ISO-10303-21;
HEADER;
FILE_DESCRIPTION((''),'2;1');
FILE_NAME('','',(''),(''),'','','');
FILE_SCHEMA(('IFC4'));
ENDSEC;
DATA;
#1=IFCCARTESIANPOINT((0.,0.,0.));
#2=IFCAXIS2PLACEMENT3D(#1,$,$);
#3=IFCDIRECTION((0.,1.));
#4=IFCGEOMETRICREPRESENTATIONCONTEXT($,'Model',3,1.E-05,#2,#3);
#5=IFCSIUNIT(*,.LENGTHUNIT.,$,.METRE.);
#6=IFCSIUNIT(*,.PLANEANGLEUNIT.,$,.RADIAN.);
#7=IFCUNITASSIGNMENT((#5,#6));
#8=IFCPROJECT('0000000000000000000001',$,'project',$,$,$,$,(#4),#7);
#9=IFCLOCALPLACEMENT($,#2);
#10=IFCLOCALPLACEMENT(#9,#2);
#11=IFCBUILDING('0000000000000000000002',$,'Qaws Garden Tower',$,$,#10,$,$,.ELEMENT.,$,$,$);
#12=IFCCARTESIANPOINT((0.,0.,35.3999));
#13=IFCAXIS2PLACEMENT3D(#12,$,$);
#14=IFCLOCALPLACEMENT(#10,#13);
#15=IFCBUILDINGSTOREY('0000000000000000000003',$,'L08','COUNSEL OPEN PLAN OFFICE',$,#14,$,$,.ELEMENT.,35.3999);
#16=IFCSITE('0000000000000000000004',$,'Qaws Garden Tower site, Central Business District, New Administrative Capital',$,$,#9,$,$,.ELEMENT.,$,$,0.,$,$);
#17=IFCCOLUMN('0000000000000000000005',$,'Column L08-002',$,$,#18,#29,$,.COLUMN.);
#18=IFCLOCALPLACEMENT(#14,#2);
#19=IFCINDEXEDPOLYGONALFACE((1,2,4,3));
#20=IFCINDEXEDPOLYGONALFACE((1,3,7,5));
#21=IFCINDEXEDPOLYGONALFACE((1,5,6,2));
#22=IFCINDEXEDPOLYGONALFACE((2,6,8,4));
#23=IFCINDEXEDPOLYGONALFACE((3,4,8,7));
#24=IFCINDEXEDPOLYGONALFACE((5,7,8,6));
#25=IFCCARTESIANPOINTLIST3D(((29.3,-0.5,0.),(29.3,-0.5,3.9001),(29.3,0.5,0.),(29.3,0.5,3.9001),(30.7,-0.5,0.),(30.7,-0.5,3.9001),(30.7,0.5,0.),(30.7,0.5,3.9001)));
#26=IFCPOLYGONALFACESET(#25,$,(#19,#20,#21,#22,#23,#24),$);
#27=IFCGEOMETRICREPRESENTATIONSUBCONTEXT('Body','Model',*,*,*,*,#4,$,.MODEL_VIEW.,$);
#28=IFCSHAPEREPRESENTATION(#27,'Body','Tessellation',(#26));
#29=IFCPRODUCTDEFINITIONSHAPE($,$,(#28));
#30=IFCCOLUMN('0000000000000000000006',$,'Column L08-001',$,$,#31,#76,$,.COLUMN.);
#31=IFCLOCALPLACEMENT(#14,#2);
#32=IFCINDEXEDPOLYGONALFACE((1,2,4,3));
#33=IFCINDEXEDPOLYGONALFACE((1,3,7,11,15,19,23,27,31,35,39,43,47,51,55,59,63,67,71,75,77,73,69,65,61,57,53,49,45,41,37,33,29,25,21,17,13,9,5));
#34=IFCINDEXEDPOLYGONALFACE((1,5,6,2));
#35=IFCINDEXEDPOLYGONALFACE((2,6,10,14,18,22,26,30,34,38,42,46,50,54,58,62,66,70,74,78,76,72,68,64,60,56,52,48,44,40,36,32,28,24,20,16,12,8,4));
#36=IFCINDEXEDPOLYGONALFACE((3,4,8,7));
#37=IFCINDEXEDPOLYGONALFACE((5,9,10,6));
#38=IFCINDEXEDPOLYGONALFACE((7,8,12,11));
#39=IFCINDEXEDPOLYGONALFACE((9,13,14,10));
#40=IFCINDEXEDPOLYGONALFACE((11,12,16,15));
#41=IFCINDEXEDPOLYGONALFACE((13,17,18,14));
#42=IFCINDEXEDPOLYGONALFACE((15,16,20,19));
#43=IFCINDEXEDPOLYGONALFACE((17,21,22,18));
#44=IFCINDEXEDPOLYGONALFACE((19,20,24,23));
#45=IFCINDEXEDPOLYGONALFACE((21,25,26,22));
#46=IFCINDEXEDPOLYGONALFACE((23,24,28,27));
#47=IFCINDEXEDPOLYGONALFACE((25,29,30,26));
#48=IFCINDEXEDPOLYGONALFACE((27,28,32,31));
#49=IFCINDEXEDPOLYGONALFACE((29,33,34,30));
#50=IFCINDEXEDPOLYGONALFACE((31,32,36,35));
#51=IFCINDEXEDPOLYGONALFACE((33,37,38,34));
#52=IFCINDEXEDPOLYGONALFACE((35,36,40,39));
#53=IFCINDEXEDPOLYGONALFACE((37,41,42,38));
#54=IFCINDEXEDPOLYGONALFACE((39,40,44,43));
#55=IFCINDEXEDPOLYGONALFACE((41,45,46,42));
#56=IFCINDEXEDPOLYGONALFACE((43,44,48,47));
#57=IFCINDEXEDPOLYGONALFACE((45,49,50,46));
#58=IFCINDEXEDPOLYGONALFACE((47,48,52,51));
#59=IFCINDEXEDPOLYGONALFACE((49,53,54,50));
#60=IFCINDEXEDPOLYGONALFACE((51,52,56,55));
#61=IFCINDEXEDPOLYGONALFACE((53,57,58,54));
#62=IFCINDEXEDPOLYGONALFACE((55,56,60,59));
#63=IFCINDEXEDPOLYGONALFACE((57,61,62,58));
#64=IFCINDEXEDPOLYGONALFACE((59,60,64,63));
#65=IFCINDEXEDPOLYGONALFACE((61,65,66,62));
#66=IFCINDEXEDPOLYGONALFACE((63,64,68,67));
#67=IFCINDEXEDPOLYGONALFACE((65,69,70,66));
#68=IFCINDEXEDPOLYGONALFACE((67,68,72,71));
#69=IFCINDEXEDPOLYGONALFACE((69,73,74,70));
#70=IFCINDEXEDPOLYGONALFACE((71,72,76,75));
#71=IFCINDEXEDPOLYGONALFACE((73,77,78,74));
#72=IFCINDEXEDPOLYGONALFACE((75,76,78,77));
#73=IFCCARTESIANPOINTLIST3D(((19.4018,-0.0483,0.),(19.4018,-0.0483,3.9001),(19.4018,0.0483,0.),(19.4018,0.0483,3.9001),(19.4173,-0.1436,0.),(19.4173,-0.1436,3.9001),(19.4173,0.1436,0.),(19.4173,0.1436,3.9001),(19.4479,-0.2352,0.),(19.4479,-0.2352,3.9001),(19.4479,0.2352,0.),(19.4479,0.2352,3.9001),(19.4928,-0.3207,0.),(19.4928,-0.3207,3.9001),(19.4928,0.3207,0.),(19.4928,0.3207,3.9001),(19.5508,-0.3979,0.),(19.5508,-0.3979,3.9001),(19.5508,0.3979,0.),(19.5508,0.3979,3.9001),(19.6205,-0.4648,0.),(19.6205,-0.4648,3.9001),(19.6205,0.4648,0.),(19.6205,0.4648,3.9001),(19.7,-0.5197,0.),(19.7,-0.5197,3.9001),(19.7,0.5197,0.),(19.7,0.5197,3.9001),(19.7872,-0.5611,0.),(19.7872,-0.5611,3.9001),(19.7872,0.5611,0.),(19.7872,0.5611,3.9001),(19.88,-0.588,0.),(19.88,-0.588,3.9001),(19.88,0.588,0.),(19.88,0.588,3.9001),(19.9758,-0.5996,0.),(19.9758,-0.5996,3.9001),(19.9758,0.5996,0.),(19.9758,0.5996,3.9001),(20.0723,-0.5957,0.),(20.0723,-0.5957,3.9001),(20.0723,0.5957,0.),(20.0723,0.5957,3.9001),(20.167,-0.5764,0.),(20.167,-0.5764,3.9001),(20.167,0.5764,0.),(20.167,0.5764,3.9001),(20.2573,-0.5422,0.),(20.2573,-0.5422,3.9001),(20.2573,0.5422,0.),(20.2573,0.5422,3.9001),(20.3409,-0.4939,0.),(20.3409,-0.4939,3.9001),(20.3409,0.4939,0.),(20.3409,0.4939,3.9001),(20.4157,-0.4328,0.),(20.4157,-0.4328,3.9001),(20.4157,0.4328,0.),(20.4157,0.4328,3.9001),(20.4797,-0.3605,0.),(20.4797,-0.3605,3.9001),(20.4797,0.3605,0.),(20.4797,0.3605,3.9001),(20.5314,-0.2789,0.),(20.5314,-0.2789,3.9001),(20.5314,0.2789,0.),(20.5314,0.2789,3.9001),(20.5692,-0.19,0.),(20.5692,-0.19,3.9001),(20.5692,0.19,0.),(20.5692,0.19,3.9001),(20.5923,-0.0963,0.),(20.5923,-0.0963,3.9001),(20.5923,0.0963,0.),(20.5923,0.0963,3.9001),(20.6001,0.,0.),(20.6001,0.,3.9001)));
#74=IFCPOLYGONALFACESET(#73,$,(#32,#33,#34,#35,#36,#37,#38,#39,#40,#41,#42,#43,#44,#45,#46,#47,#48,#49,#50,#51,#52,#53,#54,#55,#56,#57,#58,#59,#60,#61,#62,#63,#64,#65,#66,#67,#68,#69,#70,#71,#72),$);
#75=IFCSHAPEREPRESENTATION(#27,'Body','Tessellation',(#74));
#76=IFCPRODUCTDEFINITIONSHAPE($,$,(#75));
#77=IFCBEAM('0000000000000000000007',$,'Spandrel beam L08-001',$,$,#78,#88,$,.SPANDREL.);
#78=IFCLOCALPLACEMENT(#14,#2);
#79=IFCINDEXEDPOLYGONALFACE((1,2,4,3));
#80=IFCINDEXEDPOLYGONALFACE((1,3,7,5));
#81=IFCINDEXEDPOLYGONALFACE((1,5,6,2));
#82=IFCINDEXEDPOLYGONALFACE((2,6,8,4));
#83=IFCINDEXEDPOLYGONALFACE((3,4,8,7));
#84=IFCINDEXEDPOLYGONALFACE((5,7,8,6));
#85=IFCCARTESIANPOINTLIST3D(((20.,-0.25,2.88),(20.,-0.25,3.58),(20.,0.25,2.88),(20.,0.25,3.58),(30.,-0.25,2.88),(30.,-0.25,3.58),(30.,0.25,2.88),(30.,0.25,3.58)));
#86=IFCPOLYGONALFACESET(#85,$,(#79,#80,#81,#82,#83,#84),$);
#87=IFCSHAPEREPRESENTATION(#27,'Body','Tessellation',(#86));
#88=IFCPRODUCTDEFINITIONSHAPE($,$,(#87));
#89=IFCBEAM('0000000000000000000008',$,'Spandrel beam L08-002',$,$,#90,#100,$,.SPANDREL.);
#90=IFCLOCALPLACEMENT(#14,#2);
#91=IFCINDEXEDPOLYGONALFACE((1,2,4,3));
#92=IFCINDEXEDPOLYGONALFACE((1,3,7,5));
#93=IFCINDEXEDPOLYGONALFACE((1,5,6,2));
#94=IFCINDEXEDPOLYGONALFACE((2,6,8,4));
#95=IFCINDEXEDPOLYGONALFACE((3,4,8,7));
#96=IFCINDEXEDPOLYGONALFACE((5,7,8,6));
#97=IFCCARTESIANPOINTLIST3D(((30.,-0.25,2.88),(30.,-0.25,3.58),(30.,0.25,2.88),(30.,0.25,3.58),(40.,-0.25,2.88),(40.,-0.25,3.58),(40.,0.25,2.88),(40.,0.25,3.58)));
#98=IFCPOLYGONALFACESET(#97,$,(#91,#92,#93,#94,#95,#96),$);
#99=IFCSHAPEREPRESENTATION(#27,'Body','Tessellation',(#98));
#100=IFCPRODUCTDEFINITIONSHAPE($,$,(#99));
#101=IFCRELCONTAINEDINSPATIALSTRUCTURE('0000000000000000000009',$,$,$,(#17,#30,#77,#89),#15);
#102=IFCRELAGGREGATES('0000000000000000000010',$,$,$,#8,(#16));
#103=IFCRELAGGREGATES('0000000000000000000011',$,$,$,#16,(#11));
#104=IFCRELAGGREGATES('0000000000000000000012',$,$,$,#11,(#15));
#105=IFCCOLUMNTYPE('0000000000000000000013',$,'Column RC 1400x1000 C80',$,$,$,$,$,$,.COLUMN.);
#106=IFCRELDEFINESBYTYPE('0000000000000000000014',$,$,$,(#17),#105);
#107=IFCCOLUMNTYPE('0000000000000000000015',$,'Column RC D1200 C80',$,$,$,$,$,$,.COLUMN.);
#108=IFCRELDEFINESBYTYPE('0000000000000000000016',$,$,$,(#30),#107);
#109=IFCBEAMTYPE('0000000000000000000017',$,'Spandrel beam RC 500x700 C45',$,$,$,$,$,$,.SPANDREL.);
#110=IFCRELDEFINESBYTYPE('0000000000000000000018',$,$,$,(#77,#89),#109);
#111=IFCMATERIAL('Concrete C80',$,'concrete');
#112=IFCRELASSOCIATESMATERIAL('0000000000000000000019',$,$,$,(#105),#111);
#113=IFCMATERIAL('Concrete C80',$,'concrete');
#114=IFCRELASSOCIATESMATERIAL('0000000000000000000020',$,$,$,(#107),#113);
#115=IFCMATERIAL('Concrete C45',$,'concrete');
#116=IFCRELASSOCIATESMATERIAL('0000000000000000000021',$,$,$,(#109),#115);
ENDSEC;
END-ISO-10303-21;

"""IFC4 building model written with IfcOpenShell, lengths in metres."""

from ifc_helpers import new_model, si_unit, direction, frame, origin, origin_2d, place, context, subcontext, project, spatial, rectangle, circle, extrude, material, material_profile, profile_set, type_object, element, save


model = new_model("IFC4")

# Units and contexts
model_context = context("Model", 3, precision=1e-05, world=origin(), true_north=direction((0.0, 1.0)))
body_context = subcontext(model_context, "Body", "Model", "MODEL_VIEW")
ifc_project = project(units=[si_unit("LENGTHUNIT", "METRE"), si_unit("PLANEANGLEUNIT", "RADIAN")], contexts=[model_context])

# Site, building, storey
site_placement = place(None, origin())
site = spatial("IfcSite", under=ifc_project, at=site_placement, Name="Qaws Garden Tower site, Central Business District, New Administrative Capital", CompositionType="ELEMENT", RefElevation=0.0)
building_placement = place(site_placement, origin())
building = spatial("IfcBuilding", under=site, at=building_placement, Name="Qaws Garden Tower", CompositionType="ELEMENT")
storey_placement = place(building_placement, frame((0.0, 0.0, 35.3999)))
storey = spatial("IfcBuildingStorey", under=building, at=storey_placement, Name="L08", Description="COUNSEL OPEN PLAN OFFICE", CompositionType="ELEMENT", Elevation=35.3999)

# Columns
ifc_material_1 = material(Name="Concrete C80", Category="concrete")
ifc_material_profile_1 = material_profile(ifc_material_1, rectangle(XDim=1.3999, YDim=1.0, at=origin_2d()), Name="RC 1400x1000")
ifc_profile_set_1 = profile_set([ifc_material_profile_1], Name="Concrete C80")
column_type_1 = type_object("IfcColumnType", Name="Column RC 1400x1000 C80", PredefinedType="COLUMN", material=ifc_profile_set_1)
column_1_placement = place(storey_placement, frame((30.0, 0.0, 0.0), z_axis=(0.0, 0.0, 1.0), x_axis=(1.0, 0.0, 0.0)))
element("IfcColumn", 1, at=column_1_placement, inside=storey, type_object=column_type_1, Name="Column L08-002", PredefinedType="COLUMN", context=body_context, shape_type="SweptSolid", body=[
    extrude(rectangle(XDim=1.3999, YDim=1.0, at=origin_2d()), origin(), (0.0, 0.0, 1.0), 3.9001),
])
ifc_material_2 = material(Name="Concrete C80", Category="concrete")
ifc_material_profile_2 = material_profile(ifc_material_2, circle(Radius=0.6001, at=origin_2d()), Name="RC D1200")
ifc_profile_set_2 = profile_set([ifc_material_profile_2], Name="Concrete C80")
column_type_2 = type_object("IfcColumnType", Name="Column RC D1200 C80", PredefinedType="COLUMN", material=ifc_profile_set_2)
column_2_placement = place(storey_placement, frame((20.0, 0.0, 0.0), z_axis=(0.0, 0.0, 1.0), x_axis=(1.0, 0.0, 0.0)))
element("IfcColumn", 2, at=column_2_placement, inside=storey, type_object=column_type_2, Name="Column L08-001", PredefinedType="COLUMN", context=body_context, shape_type="SweptSolid", body=[
    extrude(circle(Radius=0.6001, at=origin_2d()), origin(), (0.0, 0.0, 1.0), 3.9001),
])

# Beams
ifc_material_3 = material(Name="Concrete C45", Category="concrete")
ifc_material_profile_3 = material_profile(ifc_material_3, rectangle(XDim=0.5, YDim=0.7, at=origin_2d()), Name="RC 500x700")
ifc_profile_set_3 = profile_set([ifc_material_profile_3], Name="Concrete C45")
beam_type = type_object("IfcBeamType", Name="Spandrel beam RC 500x700 C45", PredefinedType="SPANDREL", material=ifc_profile_set_3)
for number, where, z_axis, x_axis, name in (
    (3, (20.0, 0.0, 3.23), (1.0, 0.0, 0.0), (0.0, 1.0, 0.0), "Spandrel beam L08-001"),
    (4, (30.0, 0.0, 3.23), (1.0, 0.0, 0.0), (0.0, 1.0, 0.0), "Spandrel beam L08-002"),
):
    element("IfcBeam", number, at=place(storey_placement, frame(where, z_axis=z_axis, x_axis=x_axis)), inside=storey, type_object=beam_type, Name=name, PredefinedType="SPANDREL", context=body_context, shape_type="SweptSolid", body=[
        extrude(rectangle(XDim=0.5, YDim=0.7, at=origin_2d()), origin(), (0.0, 0.0, 1.0), 10.0),
    ])

save(model, "model.ifc")
